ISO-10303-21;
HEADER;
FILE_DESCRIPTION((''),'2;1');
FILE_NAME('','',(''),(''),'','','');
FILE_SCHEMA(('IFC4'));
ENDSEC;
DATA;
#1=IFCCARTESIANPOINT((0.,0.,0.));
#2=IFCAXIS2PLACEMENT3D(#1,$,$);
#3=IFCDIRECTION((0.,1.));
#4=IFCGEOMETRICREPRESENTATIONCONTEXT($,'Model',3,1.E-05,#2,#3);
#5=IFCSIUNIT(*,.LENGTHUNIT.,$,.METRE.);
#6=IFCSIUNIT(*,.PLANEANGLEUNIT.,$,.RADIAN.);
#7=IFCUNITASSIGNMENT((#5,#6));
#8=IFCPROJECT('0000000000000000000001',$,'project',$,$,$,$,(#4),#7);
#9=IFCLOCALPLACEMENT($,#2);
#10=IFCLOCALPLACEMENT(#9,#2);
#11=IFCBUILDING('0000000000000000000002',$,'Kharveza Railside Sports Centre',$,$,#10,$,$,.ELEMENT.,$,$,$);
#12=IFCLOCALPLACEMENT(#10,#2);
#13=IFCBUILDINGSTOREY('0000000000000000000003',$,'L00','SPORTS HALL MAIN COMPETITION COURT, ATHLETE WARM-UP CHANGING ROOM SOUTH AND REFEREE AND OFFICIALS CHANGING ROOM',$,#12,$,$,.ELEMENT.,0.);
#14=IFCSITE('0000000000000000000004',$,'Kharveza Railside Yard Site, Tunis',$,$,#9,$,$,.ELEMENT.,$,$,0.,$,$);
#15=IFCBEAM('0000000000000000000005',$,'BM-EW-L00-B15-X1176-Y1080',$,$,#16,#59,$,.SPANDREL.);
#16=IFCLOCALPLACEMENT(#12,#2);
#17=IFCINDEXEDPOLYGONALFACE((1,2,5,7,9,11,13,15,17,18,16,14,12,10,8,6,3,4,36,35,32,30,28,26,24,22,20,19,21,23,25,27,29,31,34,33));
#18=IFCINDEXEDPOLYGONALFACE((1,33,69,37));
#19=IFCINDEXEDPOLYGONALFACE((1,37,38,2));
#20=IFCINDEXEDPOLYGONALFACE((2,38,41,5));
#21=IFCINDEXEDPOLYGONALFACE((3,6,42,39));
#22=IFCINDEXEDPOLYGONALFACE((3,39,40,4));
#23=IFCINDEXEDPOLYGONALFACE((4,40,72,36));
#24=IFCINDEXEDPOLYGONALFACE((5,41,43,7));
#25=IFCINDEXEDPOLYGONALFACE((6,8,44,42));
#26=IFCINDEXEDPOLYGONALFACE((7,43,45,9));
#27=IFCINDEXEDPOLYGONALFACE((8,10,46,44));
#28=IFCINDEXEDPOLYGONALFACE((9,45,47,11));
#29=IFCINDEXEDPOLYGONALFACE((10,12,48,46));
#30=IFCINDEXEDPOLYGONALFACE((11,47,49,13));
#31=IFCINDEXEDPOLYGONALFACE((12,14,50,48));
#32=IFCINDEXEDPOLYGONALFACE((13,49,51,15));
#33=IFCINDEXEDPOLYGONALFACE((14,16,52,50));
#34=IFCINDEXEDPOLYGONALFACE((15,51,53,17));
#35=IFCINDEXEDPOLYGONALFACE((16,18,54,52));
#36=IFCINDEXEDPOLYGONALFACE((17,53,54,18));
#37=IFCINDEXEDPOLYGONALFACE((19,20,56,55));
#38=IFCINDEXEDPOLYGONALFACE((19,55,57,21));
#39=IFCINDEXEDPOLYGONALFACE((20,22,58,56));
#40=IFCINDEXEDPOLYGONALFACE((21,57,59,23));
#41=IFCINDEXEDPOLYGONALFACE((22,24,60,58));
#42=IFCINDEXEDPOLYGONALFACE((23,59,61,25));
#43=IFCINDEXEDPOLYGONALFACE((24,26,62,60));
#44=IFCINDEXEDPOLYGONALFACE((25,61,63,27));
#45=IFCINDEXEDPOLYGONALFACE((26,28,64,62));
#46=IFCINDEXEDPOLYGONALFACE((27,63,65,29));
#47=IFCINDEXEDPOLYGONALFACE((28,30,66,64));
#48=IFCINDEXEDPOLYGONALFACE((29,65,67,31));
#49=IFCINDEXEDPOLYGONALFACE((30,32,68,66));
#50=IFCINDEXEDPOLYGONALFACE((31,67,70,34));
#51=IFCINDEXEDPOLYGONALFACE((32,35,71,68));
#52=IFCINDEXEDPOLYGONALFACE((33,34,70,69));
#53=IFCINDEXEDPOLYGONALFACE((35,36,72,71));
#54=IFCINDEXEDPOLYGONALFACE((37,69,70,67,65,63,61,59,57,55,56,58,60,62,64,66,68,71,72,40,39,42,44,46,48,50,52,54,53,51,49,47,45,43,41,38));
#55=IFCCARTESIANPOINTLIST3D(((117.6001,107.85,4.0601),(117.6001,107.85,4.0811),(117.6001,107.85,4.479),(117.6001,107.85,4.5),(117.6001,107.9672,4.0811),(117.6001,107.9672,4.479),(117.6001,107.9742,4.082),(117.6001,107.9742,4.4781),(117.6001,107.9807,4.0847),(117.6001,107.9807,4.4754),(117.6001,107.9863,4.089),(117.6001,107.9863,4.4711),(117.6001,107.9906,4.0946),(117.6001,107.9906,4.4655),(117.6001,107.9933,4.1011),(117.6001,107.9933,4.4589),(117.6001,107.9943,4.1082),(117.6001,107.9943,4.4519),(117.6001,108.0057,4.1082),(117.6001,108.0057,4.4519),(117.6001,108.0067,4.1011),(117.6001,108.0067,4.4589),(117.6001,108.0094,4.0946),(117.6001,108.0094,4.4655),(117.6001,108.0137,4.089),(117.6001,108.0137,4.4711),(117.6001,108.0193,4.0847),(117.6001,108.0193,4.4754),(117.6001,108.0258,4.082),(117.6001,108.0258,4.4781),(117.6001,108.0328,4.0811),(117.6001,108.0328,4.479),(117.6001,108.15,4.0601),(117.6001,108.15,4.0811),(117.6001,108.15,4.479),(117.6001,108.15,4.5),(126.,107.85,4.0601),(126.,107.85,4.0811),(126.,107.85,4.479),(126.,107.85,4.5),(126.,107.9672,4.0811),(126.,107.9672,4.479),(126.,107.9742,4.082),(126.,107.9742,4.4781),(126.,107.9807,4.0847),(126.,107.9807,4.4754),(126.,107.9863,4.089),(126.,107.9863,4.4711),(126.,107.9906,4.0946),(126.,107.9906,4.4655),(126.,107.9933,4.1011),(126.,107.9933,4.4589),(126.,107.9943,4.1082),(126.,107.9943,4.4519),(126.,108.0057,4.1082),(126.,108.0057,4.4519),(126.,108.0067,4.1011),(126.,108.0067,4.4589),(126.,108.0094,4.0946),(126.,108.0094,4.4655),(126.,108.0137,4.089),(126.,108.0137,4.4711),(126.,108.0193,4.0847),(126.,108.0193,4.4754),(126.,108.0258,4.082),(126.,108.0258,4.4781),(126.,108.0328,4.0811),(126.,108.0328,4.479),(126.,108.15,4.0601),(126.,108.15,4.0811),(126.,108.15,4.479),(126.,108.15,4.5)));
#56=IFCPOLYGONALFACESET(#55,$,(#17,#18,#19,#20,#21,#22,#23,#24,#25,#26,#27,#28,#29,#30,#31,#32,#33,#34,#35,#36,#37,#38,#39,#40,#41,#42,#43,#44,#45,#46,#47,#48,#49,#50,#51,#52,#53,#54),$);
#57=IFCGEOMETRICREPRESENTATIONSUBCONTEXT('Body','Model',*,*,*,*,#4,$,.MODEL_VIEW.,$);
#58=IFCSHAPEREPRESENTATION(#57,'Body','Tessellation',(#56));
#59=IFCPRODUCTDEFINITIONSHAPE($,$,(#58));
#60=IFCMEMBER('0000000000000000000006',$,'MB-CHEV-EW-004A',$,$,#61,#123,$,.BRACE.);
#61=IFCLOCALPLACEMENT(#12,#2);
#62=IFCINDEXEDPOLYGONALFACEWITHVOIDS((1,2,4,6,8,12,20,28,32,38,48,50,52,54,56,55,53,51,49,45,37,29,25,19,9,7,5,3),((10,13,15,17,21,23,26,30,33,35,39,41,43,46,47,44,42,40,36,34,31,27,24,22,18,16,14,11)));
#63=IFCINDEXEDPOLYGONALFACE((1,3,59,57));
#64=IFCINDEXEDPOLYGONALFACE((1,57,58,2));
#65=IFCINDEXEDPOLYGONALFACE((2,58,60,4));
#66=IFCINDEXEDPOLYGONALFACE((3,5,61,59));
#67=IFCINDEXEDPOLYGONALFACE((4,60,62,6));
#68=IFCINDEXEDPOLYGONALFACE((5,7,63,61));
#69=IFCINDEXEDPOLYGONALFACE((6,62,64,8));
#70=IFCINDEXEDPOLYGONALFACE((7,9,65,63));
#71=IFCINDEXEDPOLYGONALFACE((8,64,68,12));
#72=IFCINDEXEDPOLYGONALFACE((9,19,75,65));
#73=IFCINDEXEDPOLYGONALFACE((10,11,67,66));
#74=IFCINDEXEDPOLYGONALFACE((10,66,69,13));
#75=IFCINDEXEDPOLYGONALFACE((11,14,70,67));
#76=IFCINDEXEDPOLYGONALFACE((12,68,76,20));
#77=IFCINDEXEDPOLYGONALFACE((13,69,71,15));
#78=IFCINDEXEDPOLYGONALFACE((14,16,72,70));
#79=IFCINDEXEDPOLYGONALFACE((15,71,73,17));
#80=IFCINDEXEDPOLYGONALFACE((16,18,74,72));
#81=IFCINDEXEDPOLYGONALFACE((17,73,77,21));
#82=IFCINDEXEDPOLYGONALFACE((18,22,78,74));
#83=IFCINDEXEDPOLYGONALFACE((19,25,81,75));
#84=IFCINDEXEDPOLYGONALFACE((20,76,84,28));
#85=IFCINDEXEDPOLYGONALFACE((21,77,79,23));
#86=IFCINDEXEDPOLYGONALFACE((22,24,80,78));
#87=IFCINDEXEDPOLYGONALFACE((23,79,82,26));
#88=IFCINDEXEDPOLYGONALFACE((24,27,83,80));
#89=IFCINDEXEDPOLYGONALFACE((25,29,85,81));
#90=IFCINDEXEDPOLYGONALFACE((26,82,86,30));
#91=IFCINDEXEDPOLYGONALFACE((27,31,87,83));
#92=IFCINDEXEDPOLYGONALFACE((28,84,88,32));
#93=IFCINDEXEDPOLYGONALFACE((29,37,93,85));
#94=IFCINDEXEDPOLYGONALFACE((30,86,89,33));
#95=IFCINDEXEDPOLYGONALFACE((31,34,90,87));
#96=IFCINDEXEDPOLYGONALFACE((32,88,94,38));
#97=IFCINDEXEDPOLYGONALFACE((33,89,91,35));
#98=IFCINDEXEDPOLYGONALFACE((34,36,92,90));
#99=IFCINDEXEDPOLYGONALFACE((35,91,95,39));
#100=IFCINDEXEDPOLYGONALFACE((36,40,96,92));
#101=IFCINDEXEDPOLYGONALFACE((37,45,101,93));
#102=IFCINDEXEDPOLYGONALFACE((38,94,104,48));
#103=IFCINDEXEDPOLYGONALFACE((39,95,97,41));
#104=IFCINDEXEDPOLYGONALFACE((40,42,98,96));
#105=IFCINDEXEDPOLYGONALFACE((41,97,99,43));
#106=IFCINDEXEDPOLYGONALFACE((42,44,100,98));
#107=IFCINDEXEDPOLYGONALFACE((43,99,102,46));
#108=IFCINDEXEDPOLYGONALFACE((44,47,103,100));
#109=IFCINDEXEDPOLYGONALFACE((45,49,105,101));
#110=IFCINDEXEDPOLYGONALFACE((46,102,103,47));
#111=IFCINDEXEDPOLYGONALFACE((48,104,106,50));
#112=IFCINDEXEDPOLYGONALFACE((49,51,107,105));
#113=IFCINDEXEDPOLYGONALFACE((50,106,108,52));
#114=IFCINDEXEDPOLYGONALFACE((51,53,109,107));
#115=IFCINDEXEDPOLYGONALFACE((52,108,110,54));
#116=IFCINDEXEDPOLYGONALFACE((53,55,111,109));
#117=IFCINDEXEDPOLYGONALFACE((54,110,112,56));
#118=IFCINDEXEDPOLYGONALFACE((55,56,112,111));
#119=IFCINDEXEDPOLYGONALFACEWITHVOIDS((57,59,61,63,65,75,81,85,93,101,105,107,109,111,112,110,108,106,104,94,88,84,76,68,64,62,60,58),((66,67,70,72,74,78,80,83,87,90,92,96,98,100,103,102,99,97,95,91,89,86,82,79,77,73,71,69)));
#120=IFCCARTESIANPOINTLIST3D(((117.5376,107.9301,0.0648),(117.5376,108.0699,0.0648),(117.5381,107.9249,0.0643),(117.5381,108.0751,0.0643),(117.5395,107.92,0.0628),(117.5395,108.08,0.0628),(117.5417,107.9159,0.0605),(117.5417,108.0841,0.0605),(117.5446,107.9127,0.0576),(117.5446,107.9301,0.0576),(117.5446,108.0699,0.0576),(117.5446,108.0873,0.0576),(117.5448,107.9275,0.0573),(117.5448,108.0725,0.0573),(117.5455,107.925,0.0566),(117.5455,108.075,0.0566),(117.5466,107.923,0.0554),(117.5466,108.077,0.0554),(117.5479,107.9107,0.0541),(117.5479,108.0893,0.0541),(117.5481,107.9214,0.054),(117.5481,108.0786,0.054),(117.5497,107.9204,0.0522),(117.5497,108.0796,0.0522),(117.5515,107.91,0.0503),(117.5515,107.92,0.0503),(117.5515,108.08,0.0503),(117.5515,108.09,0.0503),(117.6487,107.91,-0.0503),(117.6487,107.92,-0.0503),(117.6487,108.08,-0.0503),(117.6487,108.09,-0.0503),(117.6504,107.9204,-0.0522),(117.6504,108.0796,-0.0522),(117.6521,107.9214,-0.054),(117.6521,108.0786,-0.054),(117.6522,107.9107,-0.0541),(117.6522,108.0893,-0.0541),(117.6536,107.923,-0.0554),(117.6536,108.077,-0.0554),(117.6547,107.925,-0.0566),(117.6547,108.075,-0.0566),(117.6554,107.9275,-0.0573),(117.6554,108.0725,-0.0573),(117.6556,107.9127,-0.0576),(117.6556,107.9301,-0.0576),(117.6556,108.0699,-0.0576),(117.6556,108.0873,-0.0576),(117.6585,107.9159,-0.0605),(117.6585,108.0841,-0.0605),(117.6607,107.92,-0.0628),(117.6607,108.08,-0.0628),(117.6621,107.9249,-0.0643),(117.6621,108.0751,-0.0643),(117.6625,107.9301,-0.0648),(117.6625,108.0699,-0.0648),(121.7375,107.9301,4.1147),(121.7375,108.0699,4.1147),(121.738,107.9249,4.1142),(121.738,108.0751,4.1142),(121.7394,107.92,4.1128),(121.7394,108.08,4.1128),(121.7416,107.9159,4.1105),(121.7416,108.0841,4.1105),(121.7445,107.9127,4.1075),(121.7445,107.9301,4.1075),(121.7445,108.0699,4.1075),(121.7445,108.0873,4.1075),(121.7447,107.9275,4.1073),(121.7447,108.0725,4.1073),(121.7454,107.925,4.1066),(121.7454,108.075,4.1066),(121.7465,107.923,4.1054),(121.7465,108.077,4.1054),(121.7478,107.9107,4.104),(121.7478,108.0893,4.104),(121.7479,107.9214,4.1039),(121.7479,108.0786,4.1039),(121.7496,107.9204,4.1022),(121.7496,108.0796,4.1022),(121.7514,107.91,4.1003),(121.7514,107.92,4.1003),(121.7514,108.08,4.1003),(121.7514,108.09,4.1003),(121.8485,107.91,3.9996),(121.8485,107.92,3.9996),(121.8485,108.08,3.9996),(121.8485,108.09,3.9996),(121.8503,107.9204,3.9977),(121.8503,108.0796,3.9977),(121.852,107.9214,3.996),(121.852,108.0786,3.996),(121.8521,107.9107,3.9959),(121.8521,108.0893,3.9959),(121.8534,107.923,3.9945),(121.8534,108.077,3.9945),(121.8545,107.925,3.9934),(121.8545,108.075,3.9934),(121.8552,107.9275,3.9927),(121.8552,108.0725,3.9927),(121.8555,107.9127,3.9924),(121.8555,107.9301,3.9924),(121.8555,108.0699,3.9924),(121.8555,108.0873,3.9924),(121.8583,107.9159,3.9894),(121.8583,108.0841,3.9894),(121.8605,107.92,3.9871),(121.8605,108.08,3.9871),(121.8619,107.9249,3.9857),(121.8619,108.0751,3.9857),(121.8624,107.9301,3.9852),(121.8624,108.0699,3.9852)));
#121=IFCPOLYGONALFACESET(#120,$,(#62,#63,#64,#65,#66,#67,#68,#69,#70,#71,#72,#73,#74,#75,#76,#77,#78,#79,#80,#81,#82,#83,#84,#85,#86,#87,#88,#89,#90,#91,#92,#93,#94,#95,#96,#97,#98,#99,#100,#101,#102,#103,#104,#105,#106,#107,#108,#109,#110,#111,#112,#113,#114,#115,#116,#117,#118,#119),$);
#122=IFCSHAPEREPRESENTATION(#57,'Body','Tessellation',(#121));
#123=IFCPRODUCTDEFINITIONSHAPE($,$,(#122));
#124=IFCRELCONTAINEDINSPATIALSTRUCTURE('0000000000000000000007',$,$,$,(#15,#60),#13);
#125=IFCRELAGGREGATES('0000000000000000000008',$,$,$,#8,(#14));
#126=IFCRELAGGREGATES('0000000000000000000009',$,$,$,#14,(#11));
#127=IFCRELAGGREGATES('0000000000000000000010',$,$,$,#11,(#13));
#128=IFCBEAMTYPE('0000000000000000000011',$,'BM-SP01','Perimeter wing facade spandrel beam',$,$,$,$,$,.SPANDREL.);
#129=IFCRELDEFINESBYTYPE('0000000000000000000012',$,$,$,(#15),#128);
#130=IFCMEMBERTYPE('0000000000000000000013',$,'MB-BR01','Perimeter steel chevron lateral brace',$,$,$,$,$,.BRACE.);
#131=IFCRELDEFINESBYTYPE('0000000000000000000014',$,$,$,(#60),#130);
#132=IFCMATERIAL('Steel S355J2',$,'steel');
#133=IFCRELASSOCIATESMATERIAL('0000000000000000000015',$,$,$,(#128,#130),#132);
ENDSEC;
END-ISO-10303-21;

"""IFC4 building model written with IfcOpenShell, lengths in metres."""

from ifc_helpers import new_model, si_unit, direction, frame, origin, origin_2d, place, context, subcontext, project, spatial, hollow_rectangle, i_section, extrude, material, material_profile, profile_set, type_object, element, save


model = new_model("IFC4")

# Units and contexts
model_context = context("Model", 3, precision=1e-05, world=origin(), true_north=direction((0.0, 1.0)))
body_context = subcontext(model_context, "Body", "Model", "MODEL_VIEW")
ifc_project = project(units=[si_unit("LENGTHUNIT", "METRE"), si_unit("PLANEANGLEUNIT", "RADIAN")], contexts=[model_context])

# Site, building, storey
site_placement = place(None, origin())
site = spatial("IfcSite", under=ifc_project, at=site_placement, Name="Kharveza Railside Yard Site, Tunis", CompositionType="ELEMENT", RefElevation=0.0)
building_placement = place(site_placement, origin())
building = spatial("IfcBuilding", under=site, at=building_placement, Name="Kharveza Railside Sports Centre", CompositionType="ELEMENT")
storey_placement = place(building_placement, origin())
storey = spatial("IfcBuildingStorey", under=building, at=storey_placement, Name="L00", Description="SPORTS HALL MAIN COMPETITION COURT, ATHLETE WARM-UP CHANGING ROOM SOUTH AND REFEREE AND OFFICIALS CHANGING ROOM", CompositionType="ELEMENT", Elevation=0.0)

# Shared definitions
ifc_material_1 = material(Name="Steel S355J2", Category="steel")

# Beam
ifc_material_profile_1 = material_profile(ifc_material_1, i_section(OverallWidth=0.3, OverallDepth=0.4399, WebThickness=0.0115, FlangeThickness=0.021, FilletRadius=0.0271, at=origin_2d()), Name="HEA 450")
ifc_profile_set_1 = profile_set([ifc_material_profile_1], Name="Steel S355J2")
beam_type_1 = type_object("IfcBeamType", Name="BM-SP01", Description="Perimeter wing facade spandrel beam", PredefinedType="SPANDREL", material=ifc_profile_set_1)
beam_1_placement = place(storey_placement, frame((117.6001, 108.0, 4.28), z_axis=(1.0, 0.0, 0.0), x_axis=(0.0, 1.0, 0.0)))
element("IfcBeam", 1, at=beam_1_placement, inside=storey, type_object=beam_type_1, Name="BM-EW-L00-B15-X1176-Y1080", PredefinedType="SPANDREL", context=body_context, shape_type="SweptSolid", body=[
    extrude(i_section(OverallWidth=0.3, OverallDepth=0.4399, WebThickness=0.0115, FlangeThickness=0.021, FilletRadius=0.0271, at=origin_2d()), origin(), (0.0, 0.0, 1.0), 8.3999),
])

# Member
ifc_material_profile_2 = material_profile(ifc_material_1, hollow_rectangle(XDim=0.1799, YDim=0.1799, WallThickness=0.01, InnerFilletRadius=0.01, OuterFilletRadius=0.02, at=origin_2d()), Name="SHS 180x180x10.0")
ifc_profile_set_2 = profile_set([ifc_material_profile_2], Name="Steel S355J2")
member_type = type_object("IfcMemberType", Name="MB-BR01", Description="Perimeter steel chevron lateral brace", PredefinedType="BRACE", material=ifc_profile_set_2)
member_placement = place(storey_placement, frame((117.6001, 108.0, 0.0), z_axis=(0.719836, 0.0, 0.694144), x_axis=(0.0, 1.0, 0.0)))
element("IfcMember", 2, at=member_placement, inside=storey, type_object=member_type, Name="MB-CHEV-EW-004A", PredefinedType="BRACE", context=body_context, shape_type="SweptSolid", body=[
    extrude(hollow_rectangle(XDim=0.1799, YDim=0.1799, WallThickness=0.01, InnerFilletRadius=0.01, OuterFilletRadius=0.02, at=origin_2d()), origin(), (0.0, 0.0, 1.0), 5.8345),
])

save(model, "model.ifc")
